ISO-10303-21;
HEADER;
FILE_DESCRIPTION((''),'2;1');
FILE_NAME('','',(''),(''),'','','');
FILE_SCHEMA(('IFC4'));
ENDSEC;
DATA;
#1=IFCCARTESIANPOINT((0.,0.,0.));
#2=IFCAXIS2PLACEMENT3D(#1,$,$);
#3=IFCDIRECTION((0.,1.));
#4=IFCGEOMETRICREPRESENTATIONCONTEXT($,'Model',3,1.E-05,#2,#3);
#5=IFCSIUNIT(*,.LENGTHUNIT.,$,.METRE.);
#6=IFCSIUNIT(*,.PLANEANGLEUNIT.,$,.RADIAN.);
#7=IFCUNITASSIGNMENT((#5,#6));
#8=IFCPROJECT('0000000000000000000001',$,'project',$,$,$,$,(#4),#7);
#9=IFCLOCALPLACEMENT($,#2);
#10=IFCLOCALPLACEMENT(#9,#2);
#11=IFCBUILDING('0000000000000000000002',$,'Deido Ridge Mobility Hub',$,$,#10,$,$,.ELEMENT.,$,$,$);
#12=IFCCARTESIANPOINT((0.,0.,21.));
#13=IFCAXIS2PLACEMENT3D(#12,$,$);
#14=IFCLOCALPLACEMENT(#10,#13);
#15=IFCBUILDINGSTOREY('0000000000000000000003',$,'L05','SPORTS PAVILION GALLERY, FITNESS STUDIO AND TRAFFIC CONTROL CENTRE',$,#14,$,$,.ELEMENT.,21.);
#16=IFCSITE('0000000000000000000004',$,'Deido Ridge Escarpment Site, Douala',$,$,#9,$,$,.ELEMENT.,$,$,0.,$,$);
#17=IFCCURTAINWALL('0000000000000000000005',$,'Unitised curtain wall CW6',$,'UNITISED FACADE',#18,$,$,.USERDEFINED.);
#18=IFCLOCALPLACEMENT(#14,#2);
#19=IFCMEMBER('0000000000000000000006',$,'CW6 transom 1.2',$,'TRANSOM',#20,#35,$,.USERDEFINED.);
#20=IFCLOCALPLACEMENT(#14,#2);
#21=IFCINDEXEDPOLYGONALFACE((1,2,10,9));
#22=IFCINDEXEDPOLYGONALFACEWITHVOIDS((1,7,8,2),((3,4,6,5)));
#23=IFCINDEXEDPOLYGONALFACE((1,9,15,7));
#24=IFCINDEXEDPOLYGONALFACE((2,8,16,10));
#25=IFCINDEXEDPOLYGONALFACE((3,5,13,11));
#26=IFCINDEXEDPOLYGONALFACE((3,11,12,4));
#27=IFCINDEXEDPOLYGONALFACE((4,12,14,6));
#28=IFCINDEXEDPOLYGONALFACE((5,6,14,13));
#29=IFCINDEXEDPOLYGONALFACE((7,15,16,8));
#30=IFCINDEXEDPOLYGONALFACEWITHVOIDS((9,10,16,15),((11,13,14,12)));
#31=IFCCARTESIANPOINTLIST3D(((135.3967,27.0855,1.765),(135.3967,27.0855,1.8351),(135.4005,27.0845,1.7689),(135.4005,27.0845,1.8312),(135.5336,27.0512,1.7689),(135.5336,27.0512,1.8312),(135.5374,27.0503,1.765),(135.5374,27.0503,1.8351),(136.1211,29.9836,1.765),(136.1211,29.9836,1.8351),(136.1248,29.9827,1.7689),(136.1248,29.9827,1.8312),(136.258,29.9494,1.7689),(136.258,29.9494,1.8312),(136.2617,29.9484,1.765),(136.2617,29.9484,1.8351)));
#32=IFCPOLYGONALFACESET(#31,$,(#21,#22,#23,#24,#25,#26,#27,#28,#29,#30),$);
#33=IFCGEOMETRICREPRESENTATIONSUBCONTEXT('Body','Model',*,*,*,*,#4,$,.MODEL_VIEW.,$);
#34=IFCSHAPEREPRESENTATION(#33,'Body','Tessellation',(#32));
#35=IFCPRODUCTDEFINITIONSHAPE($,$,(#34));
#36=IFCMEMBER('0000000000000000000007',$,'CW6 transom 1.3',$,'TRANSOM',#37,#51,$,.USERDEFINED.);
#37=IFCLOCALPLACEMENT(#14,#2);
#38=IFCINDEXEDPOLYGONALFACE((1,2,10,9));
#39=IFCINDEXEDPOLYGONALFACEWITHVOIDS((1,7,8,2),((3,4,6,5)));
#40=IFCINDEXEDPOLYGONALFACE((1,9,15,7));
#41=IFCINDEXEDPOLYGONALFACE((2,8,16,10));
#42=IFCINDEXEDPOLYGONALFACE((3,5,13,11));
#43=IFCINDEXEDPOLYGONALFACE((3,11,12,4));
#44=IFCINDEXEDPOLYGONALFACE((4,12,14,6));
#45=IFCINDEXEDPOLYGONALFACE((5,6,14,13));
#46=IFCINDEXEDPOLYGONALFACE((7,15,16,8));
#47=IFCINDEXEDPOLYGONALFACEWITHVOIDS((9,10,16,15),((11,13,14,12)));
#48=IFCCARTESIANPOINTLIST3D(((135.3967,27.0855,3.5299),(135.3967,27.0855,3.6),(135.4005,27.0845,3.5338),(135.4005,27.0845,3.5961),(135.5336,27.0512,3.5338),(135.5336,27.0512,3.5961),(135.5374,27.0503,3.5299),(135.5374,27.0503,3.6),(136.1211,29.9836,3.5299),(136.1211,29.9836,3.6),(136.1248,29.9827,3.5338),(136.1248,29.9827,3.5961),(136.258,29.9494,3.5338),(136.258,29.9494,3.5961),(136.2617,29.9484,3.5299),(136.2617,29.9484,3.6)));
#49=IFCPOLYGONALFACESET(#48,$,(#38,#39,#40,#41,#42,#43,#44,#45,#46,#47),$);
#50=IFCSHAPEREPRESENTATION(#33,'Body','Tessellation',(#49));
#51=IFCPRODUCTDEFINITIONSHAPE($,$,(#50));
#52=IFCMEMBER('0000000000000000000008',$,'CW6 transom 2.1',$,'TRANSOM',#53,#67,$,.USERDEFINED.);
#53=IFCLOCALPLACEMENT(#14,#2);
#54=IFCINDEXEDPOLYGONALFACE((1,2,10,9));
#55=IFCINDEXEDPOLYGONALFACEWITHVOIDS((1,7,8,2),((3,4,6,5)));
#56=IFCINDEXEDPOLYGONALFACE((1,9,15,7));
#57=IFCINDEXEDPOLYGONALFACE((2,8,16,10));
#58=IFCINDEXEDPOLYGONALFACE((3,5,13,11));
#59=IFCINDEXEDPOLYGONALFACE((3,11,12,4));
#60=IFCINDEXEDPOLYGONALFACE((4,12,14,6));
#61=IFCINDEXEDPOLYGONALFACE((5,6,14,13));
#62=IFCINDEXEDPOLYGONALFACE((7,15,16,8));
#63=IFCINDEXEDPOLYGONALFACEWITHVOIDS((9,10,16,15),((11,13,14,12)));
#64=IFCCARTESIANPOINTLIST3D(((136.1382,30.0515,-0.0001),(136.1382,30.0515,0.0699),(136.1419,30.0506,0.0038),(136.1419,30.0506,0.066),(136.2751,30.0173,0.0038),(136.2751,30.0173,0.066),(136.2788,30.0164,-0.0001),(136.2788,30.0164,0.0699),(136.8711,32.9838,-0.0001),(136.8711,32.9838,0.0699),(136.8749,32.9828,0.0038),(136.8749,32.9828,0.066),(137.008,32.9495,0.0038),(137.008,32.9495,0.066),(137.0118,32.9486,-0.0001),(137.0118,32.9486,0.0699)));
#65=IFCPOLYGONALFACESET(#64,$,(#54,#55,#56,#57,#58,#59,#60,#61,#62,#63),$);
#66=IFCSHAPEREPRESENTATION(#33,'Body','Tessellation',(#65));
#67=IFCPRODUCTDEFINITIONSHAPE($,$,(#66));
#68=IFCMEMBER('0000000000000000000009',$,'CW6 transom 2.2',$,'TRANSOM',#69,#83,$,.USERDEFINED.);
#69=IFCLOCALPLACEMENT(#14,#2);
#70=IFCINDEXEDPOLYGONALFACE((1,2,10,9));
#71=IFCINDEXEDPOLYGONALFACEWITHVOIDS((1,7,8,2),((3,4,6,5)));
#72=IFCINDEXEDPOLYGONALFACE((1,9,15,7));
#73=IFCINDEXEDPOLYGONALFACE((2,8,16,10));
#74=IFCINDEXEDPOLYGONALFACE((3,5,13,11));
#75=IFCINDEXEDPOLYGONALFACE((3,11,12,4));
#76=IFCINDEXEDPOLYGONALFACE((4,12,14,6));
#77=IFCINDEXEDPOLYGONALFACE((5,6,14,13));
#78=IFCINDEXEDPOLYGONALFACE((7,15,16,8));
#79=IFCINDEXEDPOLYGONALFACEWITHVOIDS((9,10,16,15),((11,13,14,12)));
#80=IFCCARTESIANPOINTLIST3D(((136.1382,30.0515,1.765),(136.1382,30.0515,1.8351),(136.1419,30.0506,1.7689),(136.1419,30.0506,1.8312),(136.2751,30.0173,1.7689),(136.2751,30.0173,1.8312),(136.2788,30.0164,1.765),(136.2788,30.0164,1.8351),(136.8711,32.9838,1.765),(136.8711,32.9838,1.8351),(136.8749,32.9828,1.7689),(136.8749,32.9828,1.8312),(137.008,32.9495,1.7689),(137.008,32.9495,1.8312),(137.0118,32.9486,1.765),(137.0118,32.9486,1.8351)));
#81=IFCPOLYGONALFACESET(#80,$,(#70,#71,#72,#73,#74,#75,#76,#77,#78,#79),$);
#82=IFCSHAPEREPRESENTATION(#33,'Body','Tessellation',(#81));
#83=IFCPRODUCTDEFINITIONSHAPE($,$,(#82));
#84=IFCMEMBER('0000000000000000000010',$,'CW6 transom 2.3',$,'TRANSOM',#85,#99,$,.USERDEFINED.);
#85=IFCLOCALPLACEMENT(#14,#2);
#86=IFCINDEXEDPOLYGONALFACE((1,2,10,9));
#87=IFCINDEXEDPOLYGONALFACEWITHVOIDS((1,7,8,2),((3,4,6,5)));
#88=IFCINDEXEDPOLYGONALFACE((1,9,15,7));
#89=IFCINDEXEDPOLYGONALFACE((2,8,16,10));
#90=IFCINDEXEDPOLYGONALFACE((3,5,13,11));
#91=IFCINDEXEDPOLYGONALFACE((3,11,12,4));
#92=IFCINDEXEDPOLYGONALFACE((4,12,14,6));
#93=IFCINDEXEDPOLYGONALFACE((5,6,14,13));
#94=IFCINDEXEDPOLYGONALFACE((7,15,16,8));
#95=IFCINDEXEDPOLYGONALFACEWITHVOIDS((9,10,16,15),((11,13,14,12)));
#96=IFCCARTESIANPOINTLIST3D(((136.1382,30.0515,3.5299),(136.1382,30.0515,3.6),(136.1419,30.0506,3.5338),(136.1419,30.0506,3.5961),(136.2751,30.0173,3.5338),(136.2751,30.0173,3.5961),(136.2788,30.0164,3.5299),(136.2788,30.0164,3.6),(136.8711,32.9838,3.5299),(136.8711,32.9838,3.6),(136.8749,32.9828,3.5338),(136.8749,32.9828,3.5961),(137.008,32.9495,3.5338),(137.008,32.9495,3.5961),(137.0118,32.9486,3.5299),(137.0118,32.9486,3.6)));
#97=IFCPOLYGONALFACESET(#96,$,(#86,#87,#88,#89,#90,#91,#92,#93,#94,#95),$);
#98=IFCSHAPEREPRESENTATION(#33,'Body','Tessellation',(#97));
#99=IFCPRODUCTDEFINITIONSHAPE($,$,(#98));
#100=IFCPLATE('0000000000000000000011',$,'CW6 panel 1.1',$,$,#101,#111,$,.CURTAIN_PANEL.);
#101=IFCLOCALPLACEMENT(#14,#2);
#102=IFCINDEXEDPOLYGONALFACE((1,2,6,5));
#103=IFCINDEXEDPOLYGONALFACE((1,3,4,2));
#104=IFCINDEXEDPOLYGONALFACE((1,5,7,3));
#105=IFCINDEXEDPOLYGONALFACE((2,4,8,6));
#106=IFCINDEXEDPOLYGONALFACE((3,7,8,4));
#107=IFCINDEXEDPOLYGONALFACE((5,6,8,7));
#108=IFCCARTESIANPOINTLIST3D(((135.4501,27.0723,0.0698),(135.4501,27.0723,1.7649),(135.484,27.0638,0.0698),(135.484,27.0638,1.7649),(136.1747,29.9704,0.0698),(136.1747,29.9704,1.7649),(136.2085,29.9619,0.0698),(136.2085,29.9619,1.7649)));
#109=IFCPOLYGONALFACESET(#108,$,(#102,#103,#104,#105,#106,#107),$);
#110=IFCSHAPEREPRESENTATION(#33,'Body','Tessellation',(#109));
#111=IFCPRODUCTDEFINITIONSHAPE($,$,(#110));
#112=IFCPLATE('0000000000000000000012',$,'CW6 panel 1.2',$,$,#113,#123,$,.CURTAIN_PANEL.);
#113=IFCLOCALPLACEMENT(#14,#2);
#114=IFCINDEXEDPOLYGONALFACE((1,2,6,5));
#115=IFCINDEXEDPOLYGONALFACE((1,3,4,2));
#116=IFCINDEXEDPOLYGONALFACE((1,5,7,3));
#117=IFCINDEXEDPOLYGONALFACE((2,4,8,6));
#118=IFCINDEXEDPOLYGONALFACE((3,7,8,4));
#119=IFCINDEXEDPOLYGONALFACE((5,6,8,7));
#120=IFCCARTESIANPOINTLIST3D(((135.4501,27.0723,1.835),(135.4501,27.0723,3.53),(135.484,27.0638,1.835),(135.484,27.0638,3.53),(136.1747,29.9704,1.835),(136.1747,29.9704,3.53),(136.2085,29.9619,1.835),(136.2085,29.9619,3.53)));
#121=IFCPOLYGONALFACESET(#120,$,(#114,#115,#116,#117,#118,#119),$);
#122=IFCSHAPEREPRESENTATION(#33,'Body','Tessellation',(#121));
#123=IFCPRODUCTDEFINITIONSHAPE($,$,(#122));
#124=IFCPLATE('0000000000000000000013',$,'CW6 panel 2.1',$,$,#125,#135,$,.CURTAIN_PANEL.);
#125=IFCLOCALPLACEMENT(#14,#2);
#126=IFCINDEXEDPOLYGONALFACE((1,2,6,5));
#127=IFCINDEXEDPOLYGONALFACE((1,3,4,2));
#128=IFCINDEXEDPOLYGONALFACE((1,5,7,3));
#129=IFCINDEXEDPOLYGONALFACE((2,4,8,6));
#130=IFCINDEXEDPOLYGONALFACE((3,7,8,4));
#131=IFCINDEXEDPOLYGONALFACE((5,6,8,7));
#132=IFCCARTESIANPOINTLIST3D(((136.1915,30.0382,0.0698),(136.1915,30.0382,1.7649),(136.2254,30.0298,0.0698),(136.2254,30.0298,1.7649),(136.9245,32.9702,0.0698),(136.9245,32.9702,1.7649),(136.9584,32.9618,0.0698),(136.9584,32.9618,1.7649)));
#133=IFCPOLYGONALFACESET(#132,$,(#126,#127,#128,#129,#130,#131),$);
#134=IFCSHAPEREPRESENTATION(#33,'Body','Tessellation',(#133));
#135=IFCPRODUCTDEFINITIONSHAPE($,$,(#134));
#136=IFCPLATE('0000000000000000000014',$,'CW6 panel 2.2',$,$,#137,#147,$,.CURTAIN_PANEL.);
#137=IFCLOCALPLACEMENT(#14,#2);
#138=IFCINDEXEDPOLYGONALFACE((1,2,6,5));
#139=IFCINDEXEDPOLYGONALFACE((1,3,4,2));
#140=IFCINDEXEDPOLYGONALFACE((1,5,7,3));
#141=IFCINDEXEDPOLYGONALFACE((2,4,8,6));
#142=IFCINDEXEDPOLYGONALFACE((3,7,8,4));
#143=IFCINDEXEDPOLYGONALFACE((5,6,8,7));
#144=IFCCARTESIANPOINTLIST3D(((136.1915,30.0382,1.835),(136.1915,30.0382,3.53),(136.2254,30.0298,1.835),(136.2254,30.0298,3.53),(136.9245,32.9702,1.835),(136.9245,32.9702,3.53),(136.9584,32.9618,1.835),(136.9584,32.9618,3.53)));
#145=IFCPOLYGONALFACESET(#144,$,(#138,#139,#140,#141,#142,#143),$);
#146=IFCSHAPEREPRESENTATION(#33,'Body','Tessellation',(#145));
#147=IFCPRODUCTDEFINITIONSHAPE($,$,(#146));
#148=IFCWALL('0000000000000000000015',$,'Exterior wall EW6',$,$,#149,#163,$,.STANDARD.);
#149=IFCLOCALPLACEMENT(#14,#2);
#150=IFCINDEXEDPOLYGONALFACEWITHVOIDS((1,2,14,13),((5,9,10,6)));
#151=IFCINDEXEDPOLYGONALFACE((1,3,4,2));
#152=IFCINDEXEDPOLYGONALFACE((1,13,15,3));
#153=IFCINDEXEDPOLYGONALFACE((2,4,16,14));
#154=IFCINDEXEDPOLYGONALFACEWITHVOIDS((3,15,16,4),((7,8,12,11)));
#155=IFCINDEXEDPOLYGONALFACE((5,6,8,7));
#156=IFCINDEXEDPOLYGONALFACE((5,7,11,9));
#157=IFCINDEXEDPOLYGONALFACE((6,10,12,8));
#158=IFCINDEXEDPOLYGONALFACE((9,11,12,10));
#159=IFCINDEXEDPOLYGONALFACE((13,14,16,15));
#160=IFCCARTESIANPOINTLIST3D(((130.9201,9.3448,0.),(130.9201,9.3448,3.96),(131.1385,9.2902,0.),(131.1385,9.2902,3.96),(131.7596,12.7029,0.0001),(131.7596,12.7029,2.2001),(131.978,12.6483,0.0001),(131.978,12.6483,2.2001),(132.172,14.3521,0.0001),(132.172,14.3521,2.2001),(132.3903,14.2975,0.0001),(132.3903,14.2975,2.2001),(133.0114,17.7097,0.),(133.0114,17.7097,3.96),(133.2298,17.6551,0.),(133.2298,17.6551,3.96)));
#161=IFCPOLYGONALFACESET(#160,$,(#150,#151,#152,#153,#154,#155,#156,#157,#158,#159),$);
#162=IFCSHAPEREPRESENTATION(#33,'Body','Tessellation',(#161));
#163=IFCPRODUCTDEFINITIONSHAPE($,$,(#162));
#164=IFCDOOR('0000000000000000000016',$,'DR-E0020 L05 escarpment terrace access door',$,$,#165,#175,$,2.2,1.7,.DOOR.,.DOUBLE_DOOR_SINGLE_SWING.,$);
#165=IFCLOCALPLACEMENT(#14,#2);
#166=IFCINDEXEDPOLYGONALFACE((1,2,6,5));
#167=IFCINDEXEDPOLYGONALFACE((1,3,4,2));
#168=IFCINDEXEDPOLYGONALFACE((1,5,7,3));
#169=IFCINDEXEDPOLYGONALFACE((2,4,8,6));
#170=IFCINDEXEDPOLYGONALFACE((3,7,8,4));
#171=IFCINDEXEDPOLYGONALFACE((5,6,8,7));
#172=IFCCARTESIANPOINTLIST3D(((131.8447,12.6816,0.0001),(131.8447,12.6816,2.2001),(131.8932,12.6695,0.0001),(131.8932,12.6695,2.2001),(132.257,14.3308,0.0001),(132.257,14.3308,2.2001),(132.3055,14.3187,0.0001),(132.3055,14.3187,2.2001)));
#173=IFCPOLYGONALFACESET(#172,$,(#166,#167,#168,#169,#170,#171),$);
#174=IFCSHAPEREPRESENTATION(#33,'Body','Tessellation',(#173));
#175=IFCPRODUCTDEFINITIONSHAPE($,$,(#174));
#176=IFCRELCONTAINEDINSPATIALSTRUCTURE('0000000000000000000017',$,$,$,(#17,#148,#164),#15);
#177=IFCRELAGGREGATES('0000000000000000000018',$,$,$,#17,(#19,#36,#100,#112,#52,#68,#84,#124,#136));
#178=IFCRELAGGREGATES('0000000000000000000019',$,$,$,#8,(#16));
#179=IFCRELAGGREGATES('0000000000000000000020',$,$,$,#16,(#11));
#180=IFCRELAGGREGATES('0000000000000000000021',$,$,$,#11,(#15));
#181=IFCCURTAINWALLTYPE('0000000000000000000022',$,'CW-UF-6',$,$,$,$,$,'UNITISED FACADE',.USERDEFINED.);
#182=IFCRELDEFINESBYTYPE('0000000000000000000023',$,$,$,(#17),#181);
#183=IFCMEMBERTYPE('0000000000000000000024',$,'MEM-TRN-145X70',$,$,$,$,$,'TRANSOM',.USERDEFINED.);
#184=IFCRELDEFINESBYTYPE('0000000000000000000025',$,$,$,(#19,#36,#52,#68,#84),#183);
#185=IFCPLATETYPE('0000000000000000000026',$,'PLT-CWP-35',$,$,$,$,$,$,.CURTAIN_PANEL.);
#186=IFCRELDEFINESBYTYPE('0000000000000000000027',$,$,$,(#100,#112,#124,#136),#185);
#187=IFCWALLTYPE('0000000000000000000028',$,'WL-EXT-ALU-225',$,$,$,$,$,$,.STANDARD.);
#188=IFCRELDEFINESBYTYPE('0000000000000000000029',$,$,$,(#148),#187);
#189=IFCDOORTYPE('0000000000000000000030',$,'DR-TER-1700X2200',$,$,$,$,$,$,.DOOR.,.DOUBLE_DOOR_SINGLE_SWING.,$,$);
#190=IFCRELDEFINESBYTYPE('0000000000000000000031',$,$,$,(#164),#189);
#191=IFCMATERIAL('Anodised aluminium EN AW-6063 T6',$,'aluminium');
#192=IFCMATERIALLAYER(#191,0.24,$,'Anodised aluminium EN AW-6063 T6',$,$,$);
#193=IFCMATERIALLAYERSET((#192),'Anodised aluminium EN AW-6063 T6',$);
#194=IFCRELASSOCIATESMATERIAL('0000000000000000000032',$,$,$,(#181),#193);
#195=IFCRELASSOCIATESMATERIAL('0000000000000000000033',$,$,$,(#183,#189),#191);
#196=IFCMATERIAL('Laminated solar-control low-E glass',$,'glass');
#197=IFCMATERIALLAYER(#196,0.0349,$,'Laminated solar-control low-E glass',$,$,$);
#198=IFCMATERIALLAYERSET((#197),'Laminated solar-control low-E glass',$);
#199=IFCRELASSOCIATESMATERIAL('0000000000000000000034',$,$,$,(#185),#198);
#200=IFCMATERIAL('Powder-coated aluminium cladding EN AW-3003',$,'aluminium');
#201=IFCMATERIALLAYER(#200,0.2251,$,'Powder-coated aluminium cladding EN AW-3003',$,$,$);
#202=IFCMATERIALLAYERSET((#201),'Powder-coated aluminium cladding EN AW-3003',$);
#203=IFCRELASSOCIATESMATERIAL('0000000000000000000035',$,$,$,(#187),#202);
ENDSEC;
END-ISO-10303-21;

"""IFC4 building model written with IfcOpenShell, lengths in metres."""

from ifc_helpers import new_model, si_unit, direction, frame, frame_2d, origin, origin_2d, place, context, subcontext, project, spatial, rectangle, hollow_rectangle, extrude, material, layer, layer_set, material_profile, profile_set, type_object, element, fill, aggregate, save


model = new_model("IFC4")

# Units and contexts
model_context = context("Model", 3, precision=1e-05, world=origin(), true_north=direction((0.0, 1.0)))
body_context = subcontext(model_context, "Body", "Model", "MODEL_VIEW")
ifc_project = project(units=[si_unit("LENGTHUNIT", "METRE"), si_unit("PLANEANGLEUNIT", "RADIAN")], contexts=[model_context])

# Site, building, storey
site_placement = place(None, origin())
site = spatial("IfcSite", under=ifc_project, at=site_placement, Name="Deido Ridge Escarpment Site, Douala", CompositionType="ELEMENT", RefElevation=0.0)
building_placement = place(site_placement, origin())
building = spatial("IfcBuilding", under=site, at=building_placement, Name="Deido Ridge Mobility Hub", CompositionType="ELEMENT")
storey_placement = place(building_placement, frame((0.0, 0.0, 21.0)))
storey = spatial("IfcBuildingStorey", under=building, at=storey_placement, Name="L05", Description="SPORTS PAVILION GALLERY, FITNESS STUDIO AND TRAFFIC CONTROL CENTRE", CompositionType="ELEMENT", Elevation=21.0)

# Curtain wall, members, plates
ifc_material_1 = material(Name="Anodised aluminium EN AW-6063 T6", Category="aluminium")
ifc_layer_1 = layer(ifc_material_1, 0.24, Name="Anodised aluminium EN AW-6063 T6")
ifc_layer_set_1 = layer_set([ifc_layer_1], Name="Anodised aluminium EN AW-6063 T6")
curtain_wall_type = type_object("IfcCurtainWallType", Name="CW-UF-6", ElementType="UNITISED FACADE", PredefinedType="USERDEFINED", material=ifc_layer_set_1)
curtain_wall_placement = place(storey_placement, origin())
curtain_wall = element("IfcCurtainWall", 1, at=curtain_wall_placement, inside=storey, type_object=curtain_wall_type, Name="Unitised curtain wall CW6", ObjectType="UNITISED FACADE", PredefinedType="USERDEFINED")
ifc_material_profile_1 = material_profile(ifc_material_1, hollow_rectangle(XDim=0.145, YDim=0.0701, WallThickness=0.0039, at=origin_2d()), Name="RHS 145x70x4")
ifc_profile_set_1 = profile_set([ifc_material_profile_1], Name="Anodised aluminium EN AW-6063 T6")
member_type_1 = type_object("IfcMemberType", Name="MEM-TRN-145X70", ElementType="TRANSOM", PredefinedType="USERDEFINED", material=ifc_profile_set_1)
member_1_placement = place(storey_placement, frame((135.467, 27.0679, 1.8), z_axis=(0.242478, 0.970157, 0.0), x_axis=(-0.970157, 0.242478, 0.0)))
member_1 = element("IfcMember", 2, at=member_1_placement, type_object=member_type_1, Name="CW6 transom 1.2", ObjectType="TRANSOM", PredefinedType="USERDEFINED", context=body_context, shape_type="SweptSolid", body=[
    extrude(hollow_rectangle(XDim=0.145, YDim=0.0701, WallThickness=0.0039, at=origin_2d()), origin(), (0.0, 0.0, 1.0), 2.9873),
])
member_2_placement = place(storey_placement, frame((135.467, 27.0679, 3.5649), z_axis=(0.242478, 0.970157, 0.0), x_axis=(-0.970157, 0.242478, 0.0)))
member_2 = element("IfcMember", 3, at=member_2_placement, type_object=member_type_1, Name="CW6 transom 1.3", ObjectType="TRANSOM", PredefinedType="USERDEFINED", context=body_context, shape_type="SweptSolid", body=[
    extrude(hollow_rectangle(XDim=0.145, YDim=0.0701, WallThickness=0.0039, at=origin_2d()), origin(), (0.0, 0.0, 1.0), 2.9873),
])
member_3_placement = place(storey_placement, frame((136.2085, 30.0339, 0.0349), z_axis=(0.242498, 0.970152, 0.0), x_axis=(-0.970152, 0.242498, 0.0)))
member_3 = element("IfcMember", 4, at=member_3_placement, type_object=member_type_1, Name="CW6 transom 2.1", ObjectType="TRANSOM", PredefinedType="USERDEFINED", context=body_context, shape_type="SweptSolid", body=[
    extrude(hollow_rectangle(XDim=0.145, YDim=0.0701, WallThickness=0.0039, at=origin_2d()), origin(), (0.0, 0.0, 1.0), 3.0225),
])
member_4_placement = place(storey_placement, frame((136.2085, 30.0339, 1.8), z_axis=(0.242498, 0.970152, 0.0), x_axis=(-0.970152, 0.242498, 0.0)))
member_4 = element("IfcMember", 5, at=member_4_placement, type_object=member_type_1, Name="CW6 transom 2.2", ObjectType="TRANSOM", PredefinedType="USERDEFINED", context=body_context, shape_type="SweptSolid", body=[
    extrude(hollow_rectangle(XDim=0.145, YDim=0.0701, WallThickness=0.0039, at=origin_2d()), origin(), (0.0, 0.0, 1.0), 3.0225),
])
member_5_placement = place(storey_placement, frame((136.2085, 30.0339, 3.5649), z_axis=(0.242498, 0.970152, 0.0), x_axis=(-0.970152, 0.242498, 0.0)))
member_5 = element("IfcMember", 6, at=member_5_placement, type_object=member_type_1, Name="CW6 transom 2.3", ObjectType="TRANSOM", PredefinedType="USERDEFINED", context=body_context, shape_type="SweptSolid", body=[
    extrude(hollow_rectangle(XDim=0.145, YDim=0.0701, WallThickness=0.0039, at=origin_2d()), origin(), (0.0, 0.0, 1.0), 3.0225),
])
ifc_material_2 = material(Name="Laminated solar-control low-E glass", Category="glass")
ifc_layer_2 = layer(ifc_material_2, 0.0349, Name="Laminated solar-control low-E glass")
ifc_layer_set_2 = layer_set([ifc_layer_2], Name="Laminated solar-control low-E glass")
plate_type = type_object("IfcPlateType", Name="PLT-CWP-35", PredefinedType="CURTAIN_PANEL", material=ifc_layer_set_2)
plate_1_placement = place(storey_placement, frame((135.8293, 28.5171, 0.0698), z_axis=(0.0, 0.0, 1.0), x_axis=(0.242536, 0.970143, 0.0)))
plate_1 = element("IfcPlate", 7, at=plate_1_placement, type_object=plate_type, Name="CW6 panel 1.1", PredefinedType="CURTAIN_PANEL", context=body_context, shape_type="SweptSolid", body=[
    extrude(rectangle(XDim=2.9873, YDim=0.0349, at=origin_2d()), origin(), (0.0, 0.0, 1.0), 1.6951),
])
plate_2_placement = place(storey_placement, frame((135.8293, 28.5171, 1.835), z_axis=(0.0, 0.0, 1.0), x_axis=(0.242536, 0.970143, 0.0)))
plate_2 = element("IfcPlate", 8, at=plate_2_placement, type_object=plate_type, Name="CW6 panel 1.2", PredefinedType="CURTAIN_PANEL", context=body_context, shape_type="SweptSolid", body=[
    extrude(rectangle(XDim=2.9873, YDim=0.0349, at=origin_2d()), origin(), (0.0, 0.0, 1.0), 1.6951),
])
plate_3_placement = place(storey_placement, frame((136.575, 31.5, 0.0698), z_axis=(0.0, 0.0, 1.0), x_axis=(0.242536, 0.970143, 0.0)))
plate_3 = element("IfcPlate", 9, at=plate_3_placement, type_object=plate_type, Name="CW6 panel 2.1", PredefinedType="CURTAIN_PANEL", context=body_context, shape_type="SweptSolid", body=[
    extrude(rectangle(XDim=3.0222, YDim=0.0349, at=origin_2d()), origin(), (0.0, 0.0, 1.0), 1.6951),
])
plate_4_placement = place(storey_placement, frame((136.575, 31.5, 1.835), z_axis=(0.0, 0.0, 1.0), x_axis=(0.242536, 0.970143, 0.0)))
plate_4 = element("IfcPlate", 10, at=plate_4_placement, type_object=plate_type, Name="CW6 panel 2.2", PredefinedType="CURTAIN_PANEL", context=body_context, shape_type="SweptSolid", body=[
    extrude(rectangle(XDim=3.0222, YDim=0.0349, at=origin_2d()), origin(), (0.0, 0.0, 1.0), 1.6951),
])
aggregate(curtain_wall, [member_1, member_2, plate_1, plate_2, member_3, member_4, member_5, plate_3, plate_4])

# Wall, opening, door
ifc_material_3 = material(Name="Powder-coated aluminium cladding EN AW-3003", Category="aluminium")
ifc_layer_3 = layer(ifc_material_3, 0.2251, Name="Powder-coated aluminium cladding EN AW-3003")
ifc_layer_set_3 = layer_set([ifc_layer_3], Name="Powder-coated aluminium cladding EN AW-3003")
wall_type_1 = type_object("IfcWallType", Name="WL-EXT-ALU-225", PredefinedType="STANDARD", material=ifc_layer_set_3)
wall_1_placement = place(storey_placement, frame((131.0293, 9.3176, 0.0), z_axis=(0.0, 0.0, 1.0), x_axis=(0.242549, 0.970139, 0.0)))
wall_1 = element("IfcWall", 11, at=wall_1_placement, inside=storey, type_object=wall_type_1, Name="Exterior wall EW6", PredefinedType="STANDARD", context=body_context, shape_type="SweptSolid", body=[
    extrude(rectangle(XDim=8.6223, YDim=0.2251, at=frame_2d((4.311, 0.0))), origin(), (0.0, 0.0, 1.0), 3.96),
])
opening_1_placement = place(wall_1_placement, frame((3.4612, 0.0, 0.0)))
opening_1 = element("IfcOpeningElement", 12, at=opening_1_placement, cuts=wall_1, PredefinedType="OPENING", context=body_context, shape_type="SweptSolid", body=[
    extrude(rectangle(XDim=1.7, YDim=2.2, at=frame_2d((0.8501, 1.1001))), frame((0.0, 0.1226, 0.0), z_axis=(0.0, -1.0, 0.0), x_axis=(1.0, 0.0, 0.0)), (0.0, 0.0, 1.0), 0.2451),
])
door_type = type_object("IfcDoorType", Name="DR-TER-1700X2200", OperationType="DOUBLE_DOOR_SINGLE_SWING", PredefinedType="DOOR", material=ifc_material_1)
door_placement = place(opening_1_placement, origin())
door = element("IfcDoor", 13, at=door_placement, inside=storey, type_object=door_type, Name="DR-E0020 L05 escarpment terrace access door", OperationType="DOUBLE_DOOR_SINGLE_SWING", OverallHeight=2.2, OverallWidth=1.7, PredefinedType="DOOR", context=body_context, shape_type="SweptSolid", body=[
    extrude(rectangle(XDim=1.7, YDim=2.2, at=frame_2d((0.8501, 1.1001))), frame((0.0, 0.0249, 0.0), z_axis=(0.0, -1.0, 0.0), x_axis=(1.0, 0.0, 0.0)), (0.0, 0.0, 1.0), 0.05),
])
fill(opening_1, door)

save(model, "model.ifc")
